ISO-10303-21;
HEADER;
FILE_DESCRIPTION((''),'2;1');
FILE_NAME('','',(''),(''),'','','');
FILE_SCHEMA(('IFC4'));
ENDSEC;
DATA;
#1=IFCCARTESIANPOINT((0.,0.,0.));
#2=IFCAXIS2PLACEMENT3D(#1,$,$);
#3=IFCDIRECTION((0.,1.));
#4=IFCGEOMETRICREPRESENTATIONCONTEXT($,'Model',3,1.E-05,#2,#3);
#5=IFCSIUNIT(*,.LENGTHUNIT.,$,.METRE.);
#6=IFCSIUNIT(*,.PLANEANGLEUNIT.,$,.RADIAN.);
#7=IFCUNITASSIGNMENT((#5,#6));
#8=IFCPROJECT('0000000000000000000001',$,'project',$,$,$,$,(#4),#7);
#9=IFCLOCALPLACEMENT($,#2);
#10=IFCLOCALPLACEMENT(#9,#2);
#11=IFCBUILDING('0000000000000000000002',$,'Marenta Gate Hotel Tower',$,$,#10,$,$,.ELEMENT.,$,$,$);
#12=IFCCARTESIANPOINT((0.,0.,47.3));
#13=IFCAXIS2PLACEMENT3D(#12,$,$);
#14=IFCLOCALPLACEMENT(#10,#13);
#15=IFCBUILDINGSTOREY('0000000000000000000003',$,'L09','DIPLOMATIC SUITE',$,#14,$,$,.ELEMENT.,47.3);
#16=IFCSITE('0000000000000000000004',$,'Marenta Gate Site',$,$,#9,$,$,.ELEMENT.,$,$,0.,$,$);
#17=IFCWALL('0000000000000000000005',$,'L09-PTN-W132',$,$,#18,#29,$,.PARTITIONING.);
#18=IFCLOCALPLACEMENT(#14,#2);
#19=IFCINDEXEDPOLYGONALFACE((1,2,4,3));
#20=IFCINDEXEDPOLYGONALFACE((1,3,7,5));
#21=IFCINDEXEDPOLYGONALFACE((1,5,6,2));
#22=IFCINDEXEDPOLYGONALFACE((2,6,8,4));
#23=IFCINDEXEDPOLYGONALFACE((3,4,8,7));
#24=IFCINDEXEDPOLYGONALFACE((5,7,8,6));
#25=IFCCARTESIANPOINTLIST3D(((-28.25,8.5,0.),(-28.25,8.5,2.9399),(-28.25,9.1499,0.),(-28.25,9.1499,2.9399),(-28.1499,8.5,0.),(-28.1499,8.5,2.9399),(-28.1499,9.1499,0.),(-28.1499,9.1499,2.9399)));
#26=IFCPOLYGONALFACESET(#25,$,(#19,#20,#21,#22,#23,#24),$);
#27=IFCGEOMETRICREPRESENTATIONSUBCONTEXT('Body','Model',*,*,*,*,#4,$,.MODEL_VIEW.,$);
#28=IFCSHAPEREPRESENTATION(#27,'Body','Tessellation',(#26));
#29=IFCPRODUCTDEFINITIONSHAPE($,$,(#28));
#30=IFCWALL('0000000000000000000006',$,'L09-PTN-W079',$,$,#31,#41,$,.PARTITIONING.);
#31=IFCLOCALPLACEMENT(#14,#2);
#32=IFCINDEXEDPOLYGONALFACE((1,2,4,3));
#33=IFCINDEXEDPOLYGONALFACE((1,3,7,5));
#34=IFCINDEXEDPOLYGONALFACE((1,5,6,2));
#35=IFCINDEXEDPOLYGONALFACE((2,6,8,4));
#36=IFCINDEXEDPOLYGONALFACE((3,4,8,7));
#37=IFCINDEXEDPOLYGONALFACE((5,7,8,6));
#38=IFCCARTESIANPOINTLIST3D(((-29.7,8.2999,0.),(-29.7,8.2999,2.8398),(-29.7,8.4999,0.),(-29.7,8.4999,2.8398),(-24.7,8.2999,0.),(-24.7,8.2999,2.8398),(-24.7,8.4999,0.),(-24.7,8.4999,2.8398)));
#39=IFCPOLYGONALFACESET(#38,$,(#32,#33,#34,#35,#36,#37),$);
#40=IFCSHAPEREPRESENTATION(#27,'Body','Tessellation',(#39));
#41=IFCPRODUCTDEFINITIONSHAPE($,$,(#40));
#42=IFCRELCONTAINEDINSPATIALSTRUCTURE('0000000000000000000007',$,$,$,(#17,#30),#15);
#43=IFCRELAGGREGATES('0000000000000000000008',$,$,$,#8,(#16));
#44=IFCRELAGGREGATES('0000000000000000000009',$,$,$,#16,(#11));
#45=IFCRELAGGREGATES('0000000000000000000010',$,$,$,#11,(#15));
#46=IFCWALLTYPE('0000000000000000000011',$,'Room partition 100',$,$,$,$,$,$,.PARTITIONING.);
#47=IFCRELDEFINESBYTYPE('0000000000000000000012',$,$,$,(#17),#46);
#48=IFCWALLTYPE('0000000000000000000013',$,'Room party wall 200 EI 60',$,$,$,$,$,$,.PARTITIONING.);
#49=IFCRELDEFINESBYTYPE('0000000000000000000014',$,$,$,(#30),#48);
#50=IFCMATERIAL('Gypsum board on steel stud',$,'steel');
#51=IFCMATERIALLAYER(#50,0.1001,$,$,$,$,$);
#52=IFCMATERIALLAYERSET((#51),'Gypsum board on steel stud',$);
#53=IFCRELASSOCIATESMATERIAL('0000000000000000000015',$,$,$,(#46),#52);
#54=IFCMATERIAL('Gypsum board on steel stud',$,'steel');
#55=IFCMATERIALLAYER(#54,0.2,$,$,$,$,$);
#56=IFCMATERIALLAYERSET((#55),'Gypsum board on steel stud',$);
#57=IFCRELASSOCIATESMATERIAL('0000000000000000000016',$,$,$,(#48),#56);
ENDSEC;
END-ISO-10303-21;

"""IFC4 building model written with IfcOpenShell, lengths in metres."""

from ifc_helpers import new_model, si_unit, direction, frame, frame_2d, origin, place, context, subcontext, project, spatial, rectangle, extrude, material, layer, layer_set, type_object, element, save


model = new_model("IFC4")

# Units and contexts
model_context = context("Model", 3, precision=1e-05, world=origin(), true_north=direction((0.0, 1.0)))
body_context = subcontext(model_context, "Body", "Model", "MODEL_VIEW")
ifc_project = project(units=[si_unit("LENGTHUNIT", "METRE"), si_unit("PLANEANGLEUNIT", "RADIAN")], contexts=[model_context])

# Site, building, storey
site_placement = place(None, origin())
site = spatial("IfcSite", under=ifc_project, at=site_placement, Name="Marenta Gate Site", CompositionType="ELEMENT", RefElevation=0.0)
building_placement = place(site_placement, origin())
building = spatial("IfcBuilding", under=site, at=building_placement, Name="Marenta Gate Hotel Tower", CompositionType="ELEMENT")
storey_placement = place(building_placement, frame((0.0, 0.0, 47.3)))
storey = spatial("IfcBuildingStorey", under=building, at=storey_placement, Name="L09", Description="DIPLOMATIC SUITE", CompositionType="ELEMENT", Elevation=47.3)

# Shared definitions
ifc_material_1 = material(Name="Gypsum board on steel stud", Category="steel")
ifc_layer_1 = layer(ifc_material_1, 0.1001)
ifc_layer_set_1 = layer_set([ifc_layer_1], Name="Gypsum board on steel stud")
wall_type_1 = type_object("IfcWallType", Name="Room partition 100", PredefinedType="PARTITIONING", material=ifc_layer_set_1)

# Walls
wall_1_placement = place(storey_placement, frame((-28.2, 8.5, 0.0), z_axis=(0.0, 0.0, 1.0), x_axis=(0.0, 1.0, 0.0)))
element("IfcWall", 1, at=wall_1_placement, inside=storey, type_object=wall_type_1, Name="L09-PTN-W132", PredefinedType="PARTITIONING", context=body_context, shape_type="SweptSolid", body=[
    extrude(rectangle(XDim=0.6499, YDim=0.1001, at=frame_2d((0.325, 0.0))), origin(), (0.0, 0.0, 1.0), 2.9399),
])
ifc_material_2 = material(Name="Gypsum board on steel stud", Category="steel")
ifc_layer_2 = layer(ifc_material_2, 0.2)
ifc_layer_set_2 = layer_set([ifc_layer_2], Name="Gypsum board on steel stud")
wall_type_2 = type_object("IfcWallType", Name="Room party wall 200 EI 60", PredefinedType="PARTITIONING", material=ifc_layer_set_2)
wall_2_placement = place(storey_placement, frame((-29.7, 8.3999, 0.0), z_axis=(0.0, 0.0, 1.0), x_axis=(1.0, 0.0, 0.0)))
element("IfcWall", 2, at=wall_2_placement, inside=storey, type_object=wall_type_2, Name="L09-PTN-W079", PredefinedType="PARTITIONING", context=body_context, shape_type="SweptSolid", body=[
    extrude(rectangle(XDim=5.0, YDim=0.2, at=frame_2d((2.5, 0.0))), origin(), (0.0, 0.0, 1.0), 2.8398),
])

save(model, "model.ifc")
